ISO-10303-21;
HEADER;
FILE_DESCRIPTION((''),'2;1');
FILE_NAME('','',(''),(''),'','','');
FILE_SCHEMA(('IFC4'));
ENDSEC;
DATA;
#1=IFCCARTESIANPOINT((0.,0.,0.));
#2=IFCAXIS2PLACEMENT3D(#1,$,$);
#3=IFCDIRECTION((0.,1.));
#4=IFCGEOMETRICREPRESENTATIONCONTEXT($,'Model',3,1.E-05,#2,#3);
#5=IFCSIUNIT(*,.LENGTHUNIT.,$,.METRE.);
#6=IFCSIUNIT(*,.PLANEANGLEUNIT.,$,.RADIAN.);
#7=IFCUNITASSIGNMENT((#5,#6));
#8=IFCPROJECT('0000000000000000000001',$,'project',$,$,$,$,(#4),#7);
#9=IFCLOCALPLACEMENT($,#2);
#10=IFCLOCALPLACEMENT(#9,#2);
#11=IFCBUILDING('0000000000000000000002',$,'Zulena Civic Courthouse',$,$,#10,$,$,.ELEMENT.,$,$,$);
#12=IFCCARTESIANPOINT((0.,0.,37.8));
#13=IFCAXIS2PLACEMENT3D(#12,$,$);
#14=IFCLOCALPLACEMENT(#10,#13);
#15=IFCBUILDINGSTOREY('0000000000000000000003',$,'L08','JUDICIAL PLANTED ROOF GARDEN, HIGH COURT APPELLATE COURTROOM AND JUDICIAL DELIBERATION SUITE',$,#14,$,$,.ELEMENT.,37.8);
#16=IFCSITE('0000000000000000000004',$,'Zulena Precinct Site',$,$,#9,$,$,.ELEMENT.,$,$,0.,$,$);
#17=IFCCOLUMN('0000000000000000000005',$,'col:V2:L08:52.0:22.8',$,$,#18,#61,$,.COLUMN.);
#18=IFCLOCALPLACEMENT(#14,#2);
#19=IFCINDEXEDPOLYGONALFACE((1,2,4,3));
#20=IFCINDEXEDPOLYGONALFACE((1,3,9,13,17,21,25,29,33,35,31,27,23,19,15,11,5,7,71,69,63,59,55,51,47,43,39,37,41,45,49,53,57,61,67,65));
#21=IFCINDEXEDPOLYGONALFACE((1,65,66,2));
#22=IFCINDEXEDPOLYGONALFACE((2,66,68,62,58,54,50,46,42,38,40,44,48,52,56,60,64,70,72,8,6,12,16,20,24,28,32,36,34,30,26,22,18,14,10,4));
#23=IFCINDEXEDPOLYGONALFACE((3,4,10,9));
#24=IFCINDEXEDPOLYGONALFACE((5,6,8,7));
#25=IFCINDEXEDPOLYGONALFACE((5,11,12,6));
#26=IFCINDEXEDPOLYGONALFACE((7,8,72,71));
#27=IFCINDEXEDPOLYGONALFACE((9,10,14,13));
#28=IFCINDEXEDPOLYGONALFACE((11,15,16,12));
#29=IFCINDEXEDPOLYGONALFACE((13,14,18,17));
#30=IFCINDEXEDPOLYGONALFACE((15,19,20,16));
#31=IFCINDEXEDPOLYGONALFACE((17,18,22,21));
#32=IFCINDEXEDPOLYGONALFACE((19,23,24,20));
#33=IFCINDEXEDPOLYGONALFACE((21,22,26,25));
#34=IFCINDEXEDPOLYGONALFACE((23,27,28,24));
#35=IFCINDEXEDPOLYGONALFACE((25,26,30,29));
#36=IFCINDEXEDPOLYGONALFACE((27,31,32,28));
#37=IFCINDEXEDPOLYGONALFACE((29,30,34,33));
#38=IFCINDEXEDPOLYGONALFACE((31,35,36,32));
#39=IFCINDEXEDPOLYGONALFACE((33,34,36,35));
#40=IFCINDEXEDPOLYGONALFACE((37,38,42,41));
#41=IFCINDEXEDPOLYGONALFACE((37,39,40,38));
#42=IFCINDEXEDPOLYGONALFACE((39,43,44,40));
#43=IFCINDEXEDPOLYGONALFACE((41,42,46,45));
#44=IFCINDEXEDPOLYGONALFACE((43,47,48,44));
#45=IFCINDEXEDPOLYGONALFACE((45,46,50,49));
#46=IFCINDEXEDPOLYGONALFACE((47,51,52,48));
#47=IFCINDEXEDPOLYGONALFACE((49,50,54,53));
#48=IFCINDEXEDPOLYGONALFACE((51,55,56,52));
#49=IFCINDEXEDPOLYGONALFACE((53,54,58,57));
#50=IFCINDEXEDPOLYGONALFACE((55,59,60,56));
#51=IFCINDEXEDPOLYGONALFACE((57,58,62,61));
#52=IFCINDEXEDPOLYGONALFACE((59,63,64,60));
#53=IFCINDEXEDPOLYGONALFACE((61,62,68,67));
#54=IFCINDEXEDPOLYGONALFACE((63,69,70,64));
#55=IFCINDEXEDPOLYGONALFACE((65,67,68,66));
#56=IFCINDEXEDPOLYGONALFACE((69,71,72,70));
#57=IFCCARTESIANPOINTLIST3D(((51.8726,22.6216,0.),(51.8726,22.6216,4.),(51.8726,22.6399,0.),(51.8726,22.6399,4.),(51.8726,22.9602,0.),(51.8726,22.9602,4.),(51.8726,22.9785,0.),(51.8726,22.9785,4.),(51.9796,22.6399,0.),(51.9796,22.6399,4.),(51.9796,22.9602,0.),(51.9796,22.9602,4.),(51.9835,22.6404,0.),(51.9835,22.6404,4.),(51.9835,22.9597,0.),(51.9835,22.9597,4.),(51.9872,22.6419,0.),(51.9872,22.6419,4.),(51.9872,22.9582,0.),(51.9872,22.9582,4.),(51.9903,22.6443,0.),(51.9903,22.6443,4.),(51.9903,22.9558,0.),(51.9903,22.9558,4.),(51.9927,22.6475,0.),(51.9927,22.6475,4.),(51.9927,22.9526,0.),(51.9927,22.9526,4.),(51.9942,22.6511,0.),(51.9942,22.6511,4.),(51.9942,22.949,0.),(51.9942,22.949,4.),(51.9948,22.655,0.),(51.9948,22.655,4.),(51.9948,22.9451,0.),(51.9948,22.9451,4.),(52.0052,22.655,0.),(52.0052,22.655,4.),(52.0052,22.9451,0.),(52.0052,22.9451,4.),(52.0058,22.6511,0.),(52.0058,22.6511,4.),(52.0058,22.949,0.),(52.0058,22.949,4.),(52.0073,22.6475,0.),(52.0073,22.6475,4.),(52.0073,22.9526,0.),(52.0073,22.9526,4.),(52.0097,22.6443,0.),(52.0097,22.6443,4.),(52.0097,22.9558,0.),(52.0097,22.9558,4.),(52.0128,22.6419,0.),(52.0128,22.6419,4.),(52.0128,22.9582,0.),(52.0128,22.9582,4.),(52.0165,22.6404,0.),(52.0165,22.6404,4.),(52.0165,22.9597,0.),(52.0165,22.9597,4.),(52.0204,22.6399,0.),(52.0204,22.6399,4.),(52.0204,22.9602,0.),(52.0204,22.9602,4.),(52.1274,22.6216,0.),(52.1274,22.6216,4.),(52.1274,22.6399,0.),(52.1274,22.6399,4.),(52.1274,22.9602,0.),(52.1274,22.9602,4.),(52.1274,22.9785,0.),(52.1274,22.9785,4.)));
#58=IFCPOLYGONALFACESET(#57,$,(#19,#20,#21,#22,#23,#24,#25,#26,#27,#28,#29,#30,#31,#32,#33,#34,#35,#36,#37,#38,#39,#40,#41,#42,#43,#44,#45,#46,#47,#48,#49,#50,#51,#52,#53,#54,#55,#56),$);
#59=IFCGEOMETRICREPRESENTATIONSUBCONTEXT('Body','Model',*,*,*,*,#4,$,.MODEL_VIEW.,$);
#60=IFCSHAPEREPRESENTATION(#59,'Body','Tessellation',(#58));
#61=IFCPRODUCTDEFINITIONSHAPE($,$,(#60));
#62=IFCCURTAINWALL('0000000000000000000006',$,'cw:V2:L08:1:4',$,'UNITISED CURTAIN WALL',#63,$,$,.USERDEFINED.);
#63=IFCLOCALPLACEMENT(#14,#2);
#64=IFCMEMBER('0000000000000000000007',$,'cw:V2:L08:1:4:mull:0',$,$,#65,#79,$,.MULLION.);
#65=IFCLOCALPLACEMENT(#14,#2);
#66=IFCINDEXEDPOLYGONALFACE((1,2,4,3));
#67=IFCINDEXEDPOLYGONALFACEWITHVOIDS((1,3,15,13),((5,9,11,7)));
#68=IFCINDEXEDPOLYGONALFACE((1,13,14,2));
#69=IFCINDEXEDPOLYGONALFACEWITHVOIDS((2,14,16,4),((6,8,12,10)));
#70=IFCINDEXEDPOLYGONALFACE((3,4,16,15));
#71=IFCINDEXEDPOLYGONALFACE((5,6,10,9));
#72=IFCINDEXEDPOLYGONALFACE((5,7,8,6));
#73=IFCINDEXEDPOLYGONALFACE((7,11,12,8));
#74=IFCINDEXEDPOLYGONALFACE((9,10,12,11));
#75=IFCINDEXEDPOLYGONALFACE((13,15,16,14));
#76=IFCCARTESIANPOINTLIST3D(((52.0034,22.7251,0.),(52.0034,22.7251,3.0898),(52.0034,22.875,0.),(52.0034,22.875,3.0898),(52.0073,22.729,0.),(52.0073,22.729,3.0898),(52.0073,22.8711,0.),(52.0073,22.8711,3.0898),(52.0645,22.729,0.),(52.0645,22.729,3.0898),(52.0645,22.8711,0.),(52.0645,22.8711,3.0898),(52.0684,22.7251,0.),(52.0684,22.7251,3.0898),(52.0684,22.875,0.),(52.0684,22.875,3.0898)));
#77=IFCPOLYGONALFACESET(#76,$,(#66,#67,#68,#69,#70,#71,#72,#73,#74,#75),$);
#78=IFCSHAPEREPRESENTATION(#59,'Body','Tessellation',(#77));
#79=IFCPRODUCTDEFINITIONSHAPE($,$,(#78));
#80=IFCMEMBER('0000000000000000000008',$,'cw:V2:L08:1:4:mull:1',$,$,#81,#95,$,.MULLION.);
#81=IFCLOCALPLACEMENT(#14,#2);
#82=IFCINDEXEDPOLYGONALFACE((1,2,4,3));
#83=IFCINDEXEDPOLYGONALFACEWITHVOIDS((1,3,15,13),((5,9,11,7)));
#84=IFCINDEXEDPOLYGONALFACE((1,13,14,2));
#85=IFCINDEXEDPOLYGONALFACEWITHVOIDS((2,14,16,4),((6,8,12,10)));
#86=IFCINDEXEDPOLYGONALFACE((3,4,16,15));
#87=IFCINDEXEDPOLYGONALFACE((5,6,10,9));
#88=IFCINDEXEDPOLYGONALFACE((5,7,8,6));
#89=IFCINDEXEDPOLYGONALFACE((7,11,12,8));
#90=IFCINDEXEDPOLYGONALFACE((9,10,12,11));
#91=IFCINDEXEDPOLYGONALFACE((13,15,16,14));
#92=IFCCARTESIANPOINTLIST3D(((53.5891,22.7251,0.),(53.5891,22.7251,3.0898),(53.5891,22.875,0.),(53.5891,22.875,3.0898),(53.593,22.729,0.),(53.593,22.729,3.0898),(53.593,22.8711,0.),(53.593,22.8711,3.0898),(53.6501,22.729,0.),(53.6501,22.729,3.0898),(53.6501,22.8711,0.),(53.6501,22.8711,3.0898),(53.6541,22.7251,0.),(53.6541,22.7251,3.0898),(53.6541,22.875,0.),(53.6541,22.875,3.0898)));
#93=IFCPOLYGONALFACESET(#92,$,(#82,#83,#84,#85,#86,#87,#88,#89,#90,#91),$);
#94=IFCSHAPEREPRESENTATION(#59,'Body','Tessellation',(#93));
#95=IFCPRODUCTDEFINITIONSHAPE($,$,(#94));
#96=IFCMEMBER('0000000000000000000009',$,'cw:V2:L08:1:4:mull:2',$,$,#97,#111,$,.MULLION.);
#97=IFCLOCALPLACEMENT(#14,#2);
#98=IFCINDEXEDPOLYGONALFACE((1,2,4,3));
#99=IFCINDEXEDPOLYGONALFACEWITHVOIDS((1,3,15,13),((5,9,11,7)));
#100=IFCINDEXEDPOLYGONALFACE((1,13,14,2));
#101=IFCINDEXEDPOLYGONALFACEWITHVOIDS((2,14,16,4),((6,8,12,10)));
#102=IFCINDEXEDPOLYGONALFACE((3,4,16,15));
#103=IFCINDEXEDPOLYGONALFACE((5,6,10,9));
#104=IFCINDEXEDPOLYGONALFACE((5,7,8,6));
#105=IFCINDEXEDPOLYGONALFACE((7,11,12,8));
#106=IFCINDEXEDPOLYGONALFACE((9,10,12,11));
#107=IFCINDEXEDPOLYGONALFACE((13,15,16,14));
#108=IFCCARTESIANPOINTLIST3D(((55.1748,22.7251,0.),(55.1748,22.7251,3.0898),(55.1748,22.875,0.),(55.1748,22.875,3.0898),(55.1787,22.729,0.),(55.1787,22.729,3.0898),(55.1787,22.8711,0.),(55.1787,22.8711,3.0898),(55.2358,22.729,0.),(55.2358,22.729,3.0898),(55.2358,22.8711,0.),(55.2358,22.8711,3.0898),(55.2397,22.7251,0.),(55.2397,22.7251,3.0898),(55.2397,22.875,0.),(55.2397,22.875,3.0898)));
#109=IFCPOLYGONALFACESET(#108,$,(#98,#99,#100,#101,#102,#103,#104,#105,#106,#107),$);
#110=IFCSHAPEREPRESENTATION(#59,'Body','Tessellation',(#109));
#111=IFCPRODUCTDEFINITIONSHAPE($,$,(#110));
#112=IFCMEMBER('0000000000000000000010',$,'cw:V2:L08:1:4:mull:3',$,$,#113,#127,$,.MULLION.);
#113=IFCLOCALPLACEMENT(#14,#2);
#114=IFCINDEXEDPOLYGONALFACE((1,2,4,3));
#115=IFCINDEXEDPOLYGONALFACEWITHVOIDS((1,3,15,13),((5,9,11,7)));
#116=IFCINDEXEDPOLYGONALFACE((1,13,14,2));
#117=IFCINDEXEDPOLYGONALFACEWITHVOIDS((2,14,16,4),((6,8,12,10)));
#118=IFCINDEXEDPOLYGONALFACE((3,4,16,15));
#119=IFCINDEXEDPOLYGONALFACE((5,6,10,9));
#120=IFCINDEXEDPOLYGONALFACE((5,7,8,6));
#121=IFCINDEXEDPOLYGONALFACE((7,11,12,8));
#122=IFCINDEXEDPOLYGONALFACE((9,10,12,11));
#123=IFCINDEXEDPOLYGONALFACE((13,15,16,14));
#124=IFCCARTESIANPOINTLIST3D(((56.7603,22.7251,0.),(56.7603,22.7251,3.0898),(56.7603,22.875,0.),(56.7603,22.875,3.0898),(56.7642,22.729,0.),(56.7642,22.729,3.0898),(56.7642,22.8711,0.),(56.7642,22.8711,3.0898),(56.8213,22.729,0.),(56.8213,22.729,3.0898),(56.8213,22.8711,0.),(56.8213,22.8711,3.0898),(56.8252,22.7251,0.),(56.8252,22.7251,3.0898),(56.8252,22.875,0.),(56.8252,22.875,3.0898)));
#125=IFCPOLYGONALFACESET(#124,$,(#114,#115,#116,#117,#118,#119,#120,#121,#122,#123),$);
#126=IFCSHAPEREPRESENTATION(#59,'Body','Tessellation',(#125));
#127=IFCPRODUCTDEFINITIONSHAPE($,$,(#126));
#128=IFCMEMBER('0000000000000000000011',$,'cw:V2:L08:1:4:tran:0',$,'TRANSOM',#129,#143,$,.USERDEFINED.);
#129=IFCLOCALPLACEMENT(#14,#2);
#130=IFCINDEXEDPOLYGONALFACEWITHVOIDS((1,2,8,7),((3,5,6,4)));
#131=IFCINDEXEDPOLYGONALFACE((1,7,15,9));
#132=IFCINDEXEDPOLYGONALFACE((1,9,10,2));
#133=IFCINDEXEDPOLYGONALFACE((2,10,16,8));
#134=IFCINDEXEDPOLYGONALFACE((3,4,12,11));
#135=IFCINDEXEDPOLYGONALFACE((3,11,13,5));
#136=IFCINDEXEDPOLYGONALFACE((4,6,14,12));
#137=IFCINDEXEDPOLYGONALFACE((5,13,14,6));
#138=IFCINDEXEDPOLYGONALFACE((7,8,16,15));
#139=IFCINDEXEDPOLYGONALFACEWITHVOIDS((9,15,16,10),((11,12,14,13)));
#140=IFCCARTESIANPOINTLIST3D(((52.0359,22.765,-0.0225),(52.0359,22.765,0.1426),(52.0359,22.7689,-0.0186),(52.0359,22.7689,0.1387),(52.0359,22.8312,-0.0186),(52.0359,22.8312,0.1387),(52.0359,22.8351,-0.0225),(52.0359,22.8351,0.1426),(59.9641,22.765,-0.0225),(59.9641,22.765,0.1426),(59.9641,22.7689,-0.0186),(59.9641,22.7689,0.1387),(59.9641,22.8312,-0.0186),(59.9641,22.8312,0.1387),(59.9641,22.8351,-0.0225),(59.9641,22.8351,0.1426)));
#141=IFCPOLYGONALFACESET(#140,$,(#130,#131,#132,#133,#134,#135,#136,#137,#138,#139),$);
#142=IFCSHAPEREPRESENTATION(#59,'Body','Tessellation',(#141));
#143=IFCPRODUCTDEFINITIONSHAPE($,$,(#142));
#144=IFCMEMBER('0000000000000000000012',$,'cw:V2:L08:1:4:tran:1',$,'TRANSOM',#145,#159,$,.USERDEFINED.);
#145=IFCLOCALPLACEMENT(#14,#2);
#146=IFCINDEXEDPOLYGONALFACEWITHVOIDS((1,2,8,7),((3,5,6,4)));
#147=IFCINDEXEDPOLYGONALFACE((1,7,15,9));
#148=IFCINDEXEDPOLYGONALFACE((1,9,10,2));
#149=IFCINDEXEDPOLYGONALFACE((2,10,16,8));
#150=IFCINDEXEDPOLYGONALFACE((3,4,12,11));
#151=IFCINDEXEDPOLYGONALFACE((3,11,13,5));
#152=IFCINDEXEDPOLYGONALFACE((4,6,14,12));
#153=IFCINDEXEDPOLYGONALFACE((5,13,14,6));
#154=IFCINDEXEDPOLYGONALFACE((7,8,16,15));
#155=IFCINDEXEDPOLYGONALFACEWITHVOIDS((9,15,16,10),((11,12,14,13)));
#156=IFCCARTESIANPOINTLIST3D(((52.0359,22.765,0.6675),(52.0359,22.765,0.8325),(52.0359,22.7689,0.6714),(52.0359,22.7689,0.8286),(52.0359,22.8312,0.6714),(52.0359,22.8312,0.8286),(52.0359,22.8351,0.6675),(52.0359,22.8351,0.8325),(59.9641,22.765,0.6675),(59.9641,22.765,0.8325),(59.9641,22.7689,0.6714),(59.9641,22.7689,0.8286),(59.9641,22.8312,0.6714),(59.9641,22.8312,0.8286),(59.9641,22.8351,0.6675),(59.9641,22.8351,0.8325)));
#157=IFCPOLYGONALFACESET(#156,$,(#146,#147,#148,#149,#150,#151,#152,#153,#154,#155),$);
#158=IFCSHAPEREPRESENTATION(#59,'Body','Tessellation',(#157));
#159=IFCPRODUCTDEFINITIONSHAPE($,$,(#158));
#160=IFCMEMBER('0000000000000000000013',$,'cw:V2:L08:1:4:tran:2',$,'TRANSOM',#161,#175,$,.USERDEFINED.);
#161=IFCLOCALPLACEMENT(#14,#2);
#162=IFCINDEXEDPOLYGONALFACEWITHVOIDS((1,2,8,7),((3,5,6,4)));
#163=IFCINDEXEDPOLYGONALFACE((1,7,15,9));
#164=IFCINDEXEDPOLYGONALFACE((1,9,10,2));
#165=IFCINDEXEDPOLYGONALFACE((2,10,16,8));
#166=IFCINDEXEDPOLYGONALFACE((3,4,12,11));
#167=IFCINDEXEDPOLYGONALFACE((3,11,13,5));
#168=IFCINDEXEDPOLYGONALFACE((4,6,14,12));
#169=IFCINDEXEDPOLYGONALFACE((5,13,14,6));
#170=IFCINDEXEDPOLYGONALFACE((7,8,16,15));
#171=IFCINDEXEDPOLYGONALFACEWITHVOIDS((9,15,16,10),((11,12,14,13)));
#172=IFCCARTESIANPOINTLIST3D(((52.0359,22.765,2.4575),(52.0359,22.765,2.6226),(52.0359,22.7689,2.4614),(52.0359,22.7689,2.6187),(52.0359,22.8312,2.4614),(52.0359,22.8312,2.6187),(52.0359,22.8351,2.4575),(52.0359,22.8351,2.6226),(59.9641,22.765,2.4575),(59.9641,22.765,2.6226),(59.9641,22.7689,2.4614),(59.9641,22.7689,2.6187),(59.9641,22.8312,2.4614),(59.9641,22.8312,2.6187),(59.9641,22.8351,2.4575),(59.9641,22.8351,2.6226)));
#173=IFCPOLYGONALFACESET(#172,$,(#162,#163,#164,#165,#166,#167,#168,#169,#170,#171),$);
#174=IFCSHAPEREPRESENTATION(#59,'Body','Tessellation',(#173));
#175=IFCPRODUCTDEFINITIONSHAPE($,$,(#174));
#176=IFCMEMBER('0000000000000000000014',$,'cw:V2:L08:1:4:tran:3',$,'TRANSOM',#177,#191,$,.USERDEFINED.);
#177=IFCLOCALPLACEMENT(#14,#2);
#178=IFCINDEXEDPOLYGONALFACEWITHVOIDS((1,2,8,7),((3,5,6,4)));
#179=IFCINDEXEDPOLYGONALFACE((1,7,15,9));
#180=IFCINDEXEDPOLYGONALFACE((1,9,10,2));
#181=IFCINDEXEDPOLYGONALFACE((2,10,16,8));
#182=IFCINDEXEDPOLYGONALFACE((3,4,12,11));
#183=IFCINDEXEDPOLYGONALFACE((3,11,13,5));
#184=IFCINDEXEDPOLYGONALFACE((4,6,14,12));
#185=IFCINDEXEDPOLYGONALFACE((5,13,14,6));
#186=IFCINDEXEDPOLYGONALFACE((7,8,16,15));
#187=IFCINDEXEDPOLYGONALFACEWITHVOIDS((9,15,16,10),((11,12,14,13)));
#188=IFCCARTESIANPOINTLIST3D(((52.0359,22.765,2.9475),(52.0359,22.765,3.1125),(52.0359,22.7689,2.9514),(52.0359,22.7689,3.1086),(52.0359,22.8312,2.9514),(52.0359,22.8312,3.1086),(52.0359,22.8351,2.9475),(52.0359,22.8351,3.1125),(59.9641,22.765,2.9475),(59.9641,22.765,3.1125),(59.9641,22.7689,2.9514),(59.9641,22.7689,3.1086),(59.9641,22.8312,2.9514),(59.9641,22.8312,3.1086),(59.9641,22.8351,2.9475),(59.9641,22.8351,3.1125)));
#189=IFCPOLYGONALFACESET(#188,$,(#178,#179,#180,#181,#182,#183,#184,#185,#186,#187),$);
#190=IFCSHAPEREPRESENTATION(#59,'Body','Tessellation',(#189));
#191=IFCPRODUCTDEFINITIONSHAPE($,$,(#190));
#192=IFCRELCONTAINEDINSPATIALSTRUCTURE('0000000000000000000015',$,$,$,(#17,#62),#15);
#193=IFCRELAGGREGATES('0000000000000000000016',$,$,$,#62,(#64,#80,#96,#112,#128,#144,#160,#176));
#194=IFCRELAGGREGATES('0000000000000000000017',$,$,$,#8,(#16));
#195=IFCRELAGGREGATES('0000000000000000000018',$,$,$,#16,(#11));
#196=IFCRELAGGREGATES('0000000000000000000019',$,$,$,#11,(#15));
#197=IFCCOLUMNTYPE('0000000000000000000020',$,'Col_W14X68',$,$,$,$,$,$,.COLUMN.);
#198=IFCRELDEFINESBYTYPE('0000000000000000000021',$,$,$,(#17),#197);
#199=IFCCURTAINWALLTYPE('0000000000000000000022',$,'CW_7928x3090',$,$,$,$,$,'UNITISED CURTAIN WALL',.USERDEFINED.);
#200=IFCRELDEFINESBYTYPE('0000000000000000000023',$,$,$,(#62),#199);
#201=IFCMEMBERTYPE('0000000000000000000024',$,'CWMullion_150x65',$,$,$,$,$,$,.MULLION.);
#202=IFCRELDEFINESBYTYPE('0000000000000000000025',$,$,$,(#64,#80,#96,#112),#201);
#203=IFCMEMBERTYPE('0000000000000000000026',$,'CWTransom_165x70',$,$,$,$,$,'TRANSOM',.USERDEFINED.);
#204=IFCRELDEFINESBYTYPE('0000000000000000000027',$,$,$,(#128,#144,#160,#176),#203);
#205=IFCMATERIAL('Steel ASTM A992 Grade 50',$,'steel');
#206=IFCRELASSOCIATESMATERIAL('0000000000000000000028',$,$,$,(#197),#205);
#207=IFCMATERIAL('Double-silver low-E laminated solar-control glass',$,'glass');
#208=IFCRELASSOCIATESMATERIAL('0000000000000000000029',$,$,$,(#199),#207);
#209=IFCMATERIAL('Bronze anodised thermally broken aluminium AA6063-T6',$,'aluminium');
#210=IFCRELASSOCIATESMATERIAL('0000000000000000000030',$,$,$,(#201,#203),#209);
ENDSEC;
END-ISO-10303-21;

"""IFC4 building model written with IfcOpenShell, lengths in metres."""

from ifc_helpers import new_model, si_unit, direction, frame, origin, origin_2d, place, context, subcontext, project, spatial, hollow_rectangle, i_section, extrude, material, material_profile, profile_set, type_object, element, aggregate, save


model = new_model("IFC4")

# Units and contexts
model_context = context("Model", 3, precision=1e-05, world=origin(), true_north=direction((0.0, 1.0)))
body_context = subcontext(model_context, "Body", "Model", "MODEL_VIEW")
ifc_project = project(units=[si_unit("LENGTHUNIT", "METRE"), si_unit("PLANEANGLEUNIT", "RADIAN")], contexts=[model_context])

# Site, building, storey
site_placement = place(None, origin())
site = spatial("IfcSite", under=ifc_project, at=site_placement, Name="Zulena Precinct Site", CompositionType="ELEMENT", RefElevation=0.0)
building_placement = place(site_placement, origin())
building = spatial("IfcBuilding", under=site, at=building_placement, Name="Zulena Civic Courthouse", CompositionType="ELEMENT")
storey_placement = place(building_placement, frame((0.0, 0.0, 37.8)))
storey = spatial("IfcBuildingStorey", under=building, at=storey_placement, Name="L08", Description="JUDICIAL PLANTED ROOF GARDEN, HIGH COURT APPELLATE COURTROOM AND JUDICIAL DELIBERATION SUITE", CompositionType="ELEMENT", Elevation=37.8)

# Column
ifc_material_1 = material(Name="Steel ASTM A992 Grade 50", Category="steel")
ifc_material_profile_1 = material_profile(ifc_material_1, i_section(OverallWidth=0.2549, OverallDepth=0.3569, WebThickness=0.0105, FlangeThickness=0.0183, FilletRadius=0.0151, at=origin_2d()), Name="W14X68")
ifc_profile_set_1 = profile_set([ifc_material_profile_1], Name="Steel ASTM A992 Grade 50")
column_type = type_object("IfcColumnType", Name="Col_W14X68", PredefinedType="COLUMN", material=ifc_profile_set_1)
column_placement = place(storey_placement, frame((52.0, 22.8, 0.0), z_axis=(0.0, 0.0, 1.0), x_axis=(1.0, 0.0, 0.0)))
element("IfcColumn", 1, at=column_placement, inside=storey, type_object=column_type, Name="col:V2:L08:52.0:22.8", PredefinedType="COLUMN", context=body_context, shape_type="SweptSolid", body=[
    extrude(i_section(OverallWidth=0.2549, OverallDepth=0.3569, WebThickness=0.0105, FlangeThickness=0.0183, FilletRadius=0.0151, at=origin_2d()), origin(), (0.0, 0.0, 1.0), 4.0),
])

# Curtain wall, members
ifc_material_2 = material(Name="Double-silver low-E laminated solar-control glass", Category="glass")
curtain_wall_type = type_object("IfcCurtainWallType", Name="CW_7928x3090", ElementType="UNITISED CURTAIN WALL", PredefinedType="USERDEFINED", material=ifc_material_2)
curtain_wall_placement = place(storey_placement, origin())
curtain_wall = element("IfcCurtainWall", 2, at=curtain_wall_placement, inside=storey, type_object=curtain_wall_type, Name="cw:V2:L08:1:4", ObjectType="UNITISED CURTAIN WALL", PredefinedType="USERDEFINED")
ifc_material_3 = material(Name="Bronze anodised thermally broken aluminium AA6063-T6", Category="aluminium")
ifc_material_profile_2 = material_profile(ifc_material_3, hollow_rectangle(XDim=0.0649, YDim=0.1499, WallThickness=0.0039, at=origin_2d()), Name="CWM150X65X4")
ifc_profile_set_2 = profile_set([ifc_material_profile_2], Name="Bronze anodised thermally broken aluminium AA6063-T6")
member_type_1 = type_object("IfcMemberType", Name="CWMullion_150x65", PredefinedType="MULLION", material=ifc_profile_set_2)
member_1_placement = place(storey_placement, frame((52.0359, 22.8, 0.0), z_axis=(0.0, 0.0, 1.0), x_axis=(1.0, 0.0, 0.0)))
member_1 = element("IfcMember", 3, at=member_1_placement, type_object=member_type_1, Name="cw:V2:L08:1:4:mull:0", PredefinedType="MULLION", context=body_context, shape_type="SweptSolid", body=[
    extrude(hollow_rectangle(XDim=0.0649, YDim=0.1499, WallThickness=0.0039, at=origin_2d()), origin(), (0.0, 0.0, 1.0), 3.0898),
])
member_2_placement = place(storey_placement, frame((53.6216, 22.8, 0.0), z_axis=(0.0, 0.0, 1.0), x_axis=(1.0, 0.0, 0.0)))
member_2 = element("IfcMember", 4, at=member_2_placement, type_object=member_type_1, Name="cw:V2:L08:1:4:mull:1", PredefinedType="MULLION", context=body_context, shape_type="SweptSolid", body=[
    extrude(hollow_rectangle(XDim=0.0649, YDim=0.1499, WallThickness=0.0039, at=origin_2d()), origin(), (0.0, 0.0, 1.0), 3.0898),
])
member_3_placement = place(storey_placement, frame((55.2073, 22.8, 0.0), z_axis=(0.0, 0.0, 1.0), x_axis=(1.0, 0.0, 0.0)))
member_3 = element("IfcMember", 5, at=member_3_placement, type_object=member_type_1, Name="cw:V2:L08:1:4:mull:2", PredefinedType="MULLION", context=body_context, shape_type="SweptSolid", body=[
    extrude(hollow_rectangle(XDim=0.0649, YDim=0.1499, WallThickness=0.0039, at=origin_2d()), origin(), (0.0, 0.0, 1.0), 3.0898),
])
member_4_placement = place(storey_placement, frame((56.7927, 22.8, 0.0), z_axis=(0.0, 0.0, 1.0), x_axis=(1.0, 0.0, 0.0)))
member_4 = element("IfcMember", 6, at=member_4_placement, type_object=member_type_1, Name="cw:V2:L08:1:4:mull:3", PredefinedType="MULLION", context=body_context, shape_type="SweptSolid", body=[
    extrude(hollow_rectangle(XDim=0.0649, YDim=0.1499, WallThickness=0.0039, at=origin_2d()), origin(), (0.0, 0.0, 1.0), 3.0898),
])
ifc_material_profile_3 = material_profile(ifc_material_3, hollow_rectangle(XDim=0.0701, YDim=0.165, WallThickness=0.0039, at=origin_2d()), Name="CWT165X70X4")
ifc_profile_set_3 = profile_set([ifc_material_profile_3], Name="Bronze anodised thermally broken aluminium AA6063-T6")
member_type_2 = type_object("IfcMemberType", Name="CWTransom_165x70", ElementType="TRANSOM", PredefinedType="USERDEFINED", material=ifc_profile_set_3)
member_5_placement = place(storey_placement, frame((52.0359, 22.8, 0.0601), z_axis=(1.0, 0.0, 0.0), x_axis=(0.0, 1.0, 0.0)))
member_5 = element("IfcMember", 7, at=member_5_placement, type_object=member_type_2, Name="cw:V2:L08:1:4:tran:0", ObjectType="TRANSOM", PredefinedType="USERDEFINED", context=body_context, shape_type="SweptSolid", body=[
    extrude(hollow_rectangle(XDim=0.0701, YDim=0.165, WallThickness=0.0039, at=origin_2d()), origin(), (0.0, 0.0, 1.0), 7.9282),
])
member_6_placement = place(storey_placement, frame((52.0359, 22.8, 0.75), z_axis=(1.0, 0.0, 0.0), x_axis=(0.0, 1.0, 0.0)))
member_6 = element("IfcMember", 8, at=member_6_placement, type_object=member_type_2, Name="cw:V2:L08:1:4:tran:1", ObjectType="TRANSOM", PredefinedType="USERDEFINED", context=body_context, shape_type="SweptSolid", body=[
    extrude(hollow_rectangle(XDim=0.0701, YDim=0.165, WallThickness=0.0039, at=origin_2d()), origin(), (0.0, 0.0, 1.0), 7.9282),
])
member_7_placement = place(storey_placement, frame((52.0359, 22.8, 2.54), z_axis=(1.0, 0.0, 0.0), x_axis=(0.0, 1.0, 0.0)))
member_7 = element("IfcMember", 9, at=member_7_placement, type_object=member_type_2, Name="cw:V2:L08:1:4:tran:2", ObjectType="TRANSOM", PredefinedType="USERDEFINED", context=body_context, shape_type="SweptSolid", body=[
    extrude(hollow_rectangle(XDim=0.0701, YDim=0.165, WallThickness=0.0039, at=origin_2d()), origin(), (0.0, 0.0, 1.0), 7.9282),
])
member_8_placement = place(storey_placement, frame((52.0359, 22.8, 3.03), z_axis=(1.0, 0.0, 0.0), x_axis=(0.0, 1.0, 0.0)))
member_8 = element("IfcMember", 10, at=member_8_placement, type_object=member_type_2, Name="cw:V2:L08:1:4:tran:3", ObjectType="TRANSOM", PredefinedType="USERDEFINED", context=body_context, shape_type="SweptSolid", body=[
    extrude(hollow_rectangle(XDim=0.0701, YDim=0.165, WallThickness=0.0039, at=origin_2d()), origin(), (0.0, 0.0, 1.0), 7.9282),
])

aggregate(curtain_wall, [member_1, member_2, member_3, member_4, member_5, member_6, member_7, member_8])

save(model, "model.ifc")
